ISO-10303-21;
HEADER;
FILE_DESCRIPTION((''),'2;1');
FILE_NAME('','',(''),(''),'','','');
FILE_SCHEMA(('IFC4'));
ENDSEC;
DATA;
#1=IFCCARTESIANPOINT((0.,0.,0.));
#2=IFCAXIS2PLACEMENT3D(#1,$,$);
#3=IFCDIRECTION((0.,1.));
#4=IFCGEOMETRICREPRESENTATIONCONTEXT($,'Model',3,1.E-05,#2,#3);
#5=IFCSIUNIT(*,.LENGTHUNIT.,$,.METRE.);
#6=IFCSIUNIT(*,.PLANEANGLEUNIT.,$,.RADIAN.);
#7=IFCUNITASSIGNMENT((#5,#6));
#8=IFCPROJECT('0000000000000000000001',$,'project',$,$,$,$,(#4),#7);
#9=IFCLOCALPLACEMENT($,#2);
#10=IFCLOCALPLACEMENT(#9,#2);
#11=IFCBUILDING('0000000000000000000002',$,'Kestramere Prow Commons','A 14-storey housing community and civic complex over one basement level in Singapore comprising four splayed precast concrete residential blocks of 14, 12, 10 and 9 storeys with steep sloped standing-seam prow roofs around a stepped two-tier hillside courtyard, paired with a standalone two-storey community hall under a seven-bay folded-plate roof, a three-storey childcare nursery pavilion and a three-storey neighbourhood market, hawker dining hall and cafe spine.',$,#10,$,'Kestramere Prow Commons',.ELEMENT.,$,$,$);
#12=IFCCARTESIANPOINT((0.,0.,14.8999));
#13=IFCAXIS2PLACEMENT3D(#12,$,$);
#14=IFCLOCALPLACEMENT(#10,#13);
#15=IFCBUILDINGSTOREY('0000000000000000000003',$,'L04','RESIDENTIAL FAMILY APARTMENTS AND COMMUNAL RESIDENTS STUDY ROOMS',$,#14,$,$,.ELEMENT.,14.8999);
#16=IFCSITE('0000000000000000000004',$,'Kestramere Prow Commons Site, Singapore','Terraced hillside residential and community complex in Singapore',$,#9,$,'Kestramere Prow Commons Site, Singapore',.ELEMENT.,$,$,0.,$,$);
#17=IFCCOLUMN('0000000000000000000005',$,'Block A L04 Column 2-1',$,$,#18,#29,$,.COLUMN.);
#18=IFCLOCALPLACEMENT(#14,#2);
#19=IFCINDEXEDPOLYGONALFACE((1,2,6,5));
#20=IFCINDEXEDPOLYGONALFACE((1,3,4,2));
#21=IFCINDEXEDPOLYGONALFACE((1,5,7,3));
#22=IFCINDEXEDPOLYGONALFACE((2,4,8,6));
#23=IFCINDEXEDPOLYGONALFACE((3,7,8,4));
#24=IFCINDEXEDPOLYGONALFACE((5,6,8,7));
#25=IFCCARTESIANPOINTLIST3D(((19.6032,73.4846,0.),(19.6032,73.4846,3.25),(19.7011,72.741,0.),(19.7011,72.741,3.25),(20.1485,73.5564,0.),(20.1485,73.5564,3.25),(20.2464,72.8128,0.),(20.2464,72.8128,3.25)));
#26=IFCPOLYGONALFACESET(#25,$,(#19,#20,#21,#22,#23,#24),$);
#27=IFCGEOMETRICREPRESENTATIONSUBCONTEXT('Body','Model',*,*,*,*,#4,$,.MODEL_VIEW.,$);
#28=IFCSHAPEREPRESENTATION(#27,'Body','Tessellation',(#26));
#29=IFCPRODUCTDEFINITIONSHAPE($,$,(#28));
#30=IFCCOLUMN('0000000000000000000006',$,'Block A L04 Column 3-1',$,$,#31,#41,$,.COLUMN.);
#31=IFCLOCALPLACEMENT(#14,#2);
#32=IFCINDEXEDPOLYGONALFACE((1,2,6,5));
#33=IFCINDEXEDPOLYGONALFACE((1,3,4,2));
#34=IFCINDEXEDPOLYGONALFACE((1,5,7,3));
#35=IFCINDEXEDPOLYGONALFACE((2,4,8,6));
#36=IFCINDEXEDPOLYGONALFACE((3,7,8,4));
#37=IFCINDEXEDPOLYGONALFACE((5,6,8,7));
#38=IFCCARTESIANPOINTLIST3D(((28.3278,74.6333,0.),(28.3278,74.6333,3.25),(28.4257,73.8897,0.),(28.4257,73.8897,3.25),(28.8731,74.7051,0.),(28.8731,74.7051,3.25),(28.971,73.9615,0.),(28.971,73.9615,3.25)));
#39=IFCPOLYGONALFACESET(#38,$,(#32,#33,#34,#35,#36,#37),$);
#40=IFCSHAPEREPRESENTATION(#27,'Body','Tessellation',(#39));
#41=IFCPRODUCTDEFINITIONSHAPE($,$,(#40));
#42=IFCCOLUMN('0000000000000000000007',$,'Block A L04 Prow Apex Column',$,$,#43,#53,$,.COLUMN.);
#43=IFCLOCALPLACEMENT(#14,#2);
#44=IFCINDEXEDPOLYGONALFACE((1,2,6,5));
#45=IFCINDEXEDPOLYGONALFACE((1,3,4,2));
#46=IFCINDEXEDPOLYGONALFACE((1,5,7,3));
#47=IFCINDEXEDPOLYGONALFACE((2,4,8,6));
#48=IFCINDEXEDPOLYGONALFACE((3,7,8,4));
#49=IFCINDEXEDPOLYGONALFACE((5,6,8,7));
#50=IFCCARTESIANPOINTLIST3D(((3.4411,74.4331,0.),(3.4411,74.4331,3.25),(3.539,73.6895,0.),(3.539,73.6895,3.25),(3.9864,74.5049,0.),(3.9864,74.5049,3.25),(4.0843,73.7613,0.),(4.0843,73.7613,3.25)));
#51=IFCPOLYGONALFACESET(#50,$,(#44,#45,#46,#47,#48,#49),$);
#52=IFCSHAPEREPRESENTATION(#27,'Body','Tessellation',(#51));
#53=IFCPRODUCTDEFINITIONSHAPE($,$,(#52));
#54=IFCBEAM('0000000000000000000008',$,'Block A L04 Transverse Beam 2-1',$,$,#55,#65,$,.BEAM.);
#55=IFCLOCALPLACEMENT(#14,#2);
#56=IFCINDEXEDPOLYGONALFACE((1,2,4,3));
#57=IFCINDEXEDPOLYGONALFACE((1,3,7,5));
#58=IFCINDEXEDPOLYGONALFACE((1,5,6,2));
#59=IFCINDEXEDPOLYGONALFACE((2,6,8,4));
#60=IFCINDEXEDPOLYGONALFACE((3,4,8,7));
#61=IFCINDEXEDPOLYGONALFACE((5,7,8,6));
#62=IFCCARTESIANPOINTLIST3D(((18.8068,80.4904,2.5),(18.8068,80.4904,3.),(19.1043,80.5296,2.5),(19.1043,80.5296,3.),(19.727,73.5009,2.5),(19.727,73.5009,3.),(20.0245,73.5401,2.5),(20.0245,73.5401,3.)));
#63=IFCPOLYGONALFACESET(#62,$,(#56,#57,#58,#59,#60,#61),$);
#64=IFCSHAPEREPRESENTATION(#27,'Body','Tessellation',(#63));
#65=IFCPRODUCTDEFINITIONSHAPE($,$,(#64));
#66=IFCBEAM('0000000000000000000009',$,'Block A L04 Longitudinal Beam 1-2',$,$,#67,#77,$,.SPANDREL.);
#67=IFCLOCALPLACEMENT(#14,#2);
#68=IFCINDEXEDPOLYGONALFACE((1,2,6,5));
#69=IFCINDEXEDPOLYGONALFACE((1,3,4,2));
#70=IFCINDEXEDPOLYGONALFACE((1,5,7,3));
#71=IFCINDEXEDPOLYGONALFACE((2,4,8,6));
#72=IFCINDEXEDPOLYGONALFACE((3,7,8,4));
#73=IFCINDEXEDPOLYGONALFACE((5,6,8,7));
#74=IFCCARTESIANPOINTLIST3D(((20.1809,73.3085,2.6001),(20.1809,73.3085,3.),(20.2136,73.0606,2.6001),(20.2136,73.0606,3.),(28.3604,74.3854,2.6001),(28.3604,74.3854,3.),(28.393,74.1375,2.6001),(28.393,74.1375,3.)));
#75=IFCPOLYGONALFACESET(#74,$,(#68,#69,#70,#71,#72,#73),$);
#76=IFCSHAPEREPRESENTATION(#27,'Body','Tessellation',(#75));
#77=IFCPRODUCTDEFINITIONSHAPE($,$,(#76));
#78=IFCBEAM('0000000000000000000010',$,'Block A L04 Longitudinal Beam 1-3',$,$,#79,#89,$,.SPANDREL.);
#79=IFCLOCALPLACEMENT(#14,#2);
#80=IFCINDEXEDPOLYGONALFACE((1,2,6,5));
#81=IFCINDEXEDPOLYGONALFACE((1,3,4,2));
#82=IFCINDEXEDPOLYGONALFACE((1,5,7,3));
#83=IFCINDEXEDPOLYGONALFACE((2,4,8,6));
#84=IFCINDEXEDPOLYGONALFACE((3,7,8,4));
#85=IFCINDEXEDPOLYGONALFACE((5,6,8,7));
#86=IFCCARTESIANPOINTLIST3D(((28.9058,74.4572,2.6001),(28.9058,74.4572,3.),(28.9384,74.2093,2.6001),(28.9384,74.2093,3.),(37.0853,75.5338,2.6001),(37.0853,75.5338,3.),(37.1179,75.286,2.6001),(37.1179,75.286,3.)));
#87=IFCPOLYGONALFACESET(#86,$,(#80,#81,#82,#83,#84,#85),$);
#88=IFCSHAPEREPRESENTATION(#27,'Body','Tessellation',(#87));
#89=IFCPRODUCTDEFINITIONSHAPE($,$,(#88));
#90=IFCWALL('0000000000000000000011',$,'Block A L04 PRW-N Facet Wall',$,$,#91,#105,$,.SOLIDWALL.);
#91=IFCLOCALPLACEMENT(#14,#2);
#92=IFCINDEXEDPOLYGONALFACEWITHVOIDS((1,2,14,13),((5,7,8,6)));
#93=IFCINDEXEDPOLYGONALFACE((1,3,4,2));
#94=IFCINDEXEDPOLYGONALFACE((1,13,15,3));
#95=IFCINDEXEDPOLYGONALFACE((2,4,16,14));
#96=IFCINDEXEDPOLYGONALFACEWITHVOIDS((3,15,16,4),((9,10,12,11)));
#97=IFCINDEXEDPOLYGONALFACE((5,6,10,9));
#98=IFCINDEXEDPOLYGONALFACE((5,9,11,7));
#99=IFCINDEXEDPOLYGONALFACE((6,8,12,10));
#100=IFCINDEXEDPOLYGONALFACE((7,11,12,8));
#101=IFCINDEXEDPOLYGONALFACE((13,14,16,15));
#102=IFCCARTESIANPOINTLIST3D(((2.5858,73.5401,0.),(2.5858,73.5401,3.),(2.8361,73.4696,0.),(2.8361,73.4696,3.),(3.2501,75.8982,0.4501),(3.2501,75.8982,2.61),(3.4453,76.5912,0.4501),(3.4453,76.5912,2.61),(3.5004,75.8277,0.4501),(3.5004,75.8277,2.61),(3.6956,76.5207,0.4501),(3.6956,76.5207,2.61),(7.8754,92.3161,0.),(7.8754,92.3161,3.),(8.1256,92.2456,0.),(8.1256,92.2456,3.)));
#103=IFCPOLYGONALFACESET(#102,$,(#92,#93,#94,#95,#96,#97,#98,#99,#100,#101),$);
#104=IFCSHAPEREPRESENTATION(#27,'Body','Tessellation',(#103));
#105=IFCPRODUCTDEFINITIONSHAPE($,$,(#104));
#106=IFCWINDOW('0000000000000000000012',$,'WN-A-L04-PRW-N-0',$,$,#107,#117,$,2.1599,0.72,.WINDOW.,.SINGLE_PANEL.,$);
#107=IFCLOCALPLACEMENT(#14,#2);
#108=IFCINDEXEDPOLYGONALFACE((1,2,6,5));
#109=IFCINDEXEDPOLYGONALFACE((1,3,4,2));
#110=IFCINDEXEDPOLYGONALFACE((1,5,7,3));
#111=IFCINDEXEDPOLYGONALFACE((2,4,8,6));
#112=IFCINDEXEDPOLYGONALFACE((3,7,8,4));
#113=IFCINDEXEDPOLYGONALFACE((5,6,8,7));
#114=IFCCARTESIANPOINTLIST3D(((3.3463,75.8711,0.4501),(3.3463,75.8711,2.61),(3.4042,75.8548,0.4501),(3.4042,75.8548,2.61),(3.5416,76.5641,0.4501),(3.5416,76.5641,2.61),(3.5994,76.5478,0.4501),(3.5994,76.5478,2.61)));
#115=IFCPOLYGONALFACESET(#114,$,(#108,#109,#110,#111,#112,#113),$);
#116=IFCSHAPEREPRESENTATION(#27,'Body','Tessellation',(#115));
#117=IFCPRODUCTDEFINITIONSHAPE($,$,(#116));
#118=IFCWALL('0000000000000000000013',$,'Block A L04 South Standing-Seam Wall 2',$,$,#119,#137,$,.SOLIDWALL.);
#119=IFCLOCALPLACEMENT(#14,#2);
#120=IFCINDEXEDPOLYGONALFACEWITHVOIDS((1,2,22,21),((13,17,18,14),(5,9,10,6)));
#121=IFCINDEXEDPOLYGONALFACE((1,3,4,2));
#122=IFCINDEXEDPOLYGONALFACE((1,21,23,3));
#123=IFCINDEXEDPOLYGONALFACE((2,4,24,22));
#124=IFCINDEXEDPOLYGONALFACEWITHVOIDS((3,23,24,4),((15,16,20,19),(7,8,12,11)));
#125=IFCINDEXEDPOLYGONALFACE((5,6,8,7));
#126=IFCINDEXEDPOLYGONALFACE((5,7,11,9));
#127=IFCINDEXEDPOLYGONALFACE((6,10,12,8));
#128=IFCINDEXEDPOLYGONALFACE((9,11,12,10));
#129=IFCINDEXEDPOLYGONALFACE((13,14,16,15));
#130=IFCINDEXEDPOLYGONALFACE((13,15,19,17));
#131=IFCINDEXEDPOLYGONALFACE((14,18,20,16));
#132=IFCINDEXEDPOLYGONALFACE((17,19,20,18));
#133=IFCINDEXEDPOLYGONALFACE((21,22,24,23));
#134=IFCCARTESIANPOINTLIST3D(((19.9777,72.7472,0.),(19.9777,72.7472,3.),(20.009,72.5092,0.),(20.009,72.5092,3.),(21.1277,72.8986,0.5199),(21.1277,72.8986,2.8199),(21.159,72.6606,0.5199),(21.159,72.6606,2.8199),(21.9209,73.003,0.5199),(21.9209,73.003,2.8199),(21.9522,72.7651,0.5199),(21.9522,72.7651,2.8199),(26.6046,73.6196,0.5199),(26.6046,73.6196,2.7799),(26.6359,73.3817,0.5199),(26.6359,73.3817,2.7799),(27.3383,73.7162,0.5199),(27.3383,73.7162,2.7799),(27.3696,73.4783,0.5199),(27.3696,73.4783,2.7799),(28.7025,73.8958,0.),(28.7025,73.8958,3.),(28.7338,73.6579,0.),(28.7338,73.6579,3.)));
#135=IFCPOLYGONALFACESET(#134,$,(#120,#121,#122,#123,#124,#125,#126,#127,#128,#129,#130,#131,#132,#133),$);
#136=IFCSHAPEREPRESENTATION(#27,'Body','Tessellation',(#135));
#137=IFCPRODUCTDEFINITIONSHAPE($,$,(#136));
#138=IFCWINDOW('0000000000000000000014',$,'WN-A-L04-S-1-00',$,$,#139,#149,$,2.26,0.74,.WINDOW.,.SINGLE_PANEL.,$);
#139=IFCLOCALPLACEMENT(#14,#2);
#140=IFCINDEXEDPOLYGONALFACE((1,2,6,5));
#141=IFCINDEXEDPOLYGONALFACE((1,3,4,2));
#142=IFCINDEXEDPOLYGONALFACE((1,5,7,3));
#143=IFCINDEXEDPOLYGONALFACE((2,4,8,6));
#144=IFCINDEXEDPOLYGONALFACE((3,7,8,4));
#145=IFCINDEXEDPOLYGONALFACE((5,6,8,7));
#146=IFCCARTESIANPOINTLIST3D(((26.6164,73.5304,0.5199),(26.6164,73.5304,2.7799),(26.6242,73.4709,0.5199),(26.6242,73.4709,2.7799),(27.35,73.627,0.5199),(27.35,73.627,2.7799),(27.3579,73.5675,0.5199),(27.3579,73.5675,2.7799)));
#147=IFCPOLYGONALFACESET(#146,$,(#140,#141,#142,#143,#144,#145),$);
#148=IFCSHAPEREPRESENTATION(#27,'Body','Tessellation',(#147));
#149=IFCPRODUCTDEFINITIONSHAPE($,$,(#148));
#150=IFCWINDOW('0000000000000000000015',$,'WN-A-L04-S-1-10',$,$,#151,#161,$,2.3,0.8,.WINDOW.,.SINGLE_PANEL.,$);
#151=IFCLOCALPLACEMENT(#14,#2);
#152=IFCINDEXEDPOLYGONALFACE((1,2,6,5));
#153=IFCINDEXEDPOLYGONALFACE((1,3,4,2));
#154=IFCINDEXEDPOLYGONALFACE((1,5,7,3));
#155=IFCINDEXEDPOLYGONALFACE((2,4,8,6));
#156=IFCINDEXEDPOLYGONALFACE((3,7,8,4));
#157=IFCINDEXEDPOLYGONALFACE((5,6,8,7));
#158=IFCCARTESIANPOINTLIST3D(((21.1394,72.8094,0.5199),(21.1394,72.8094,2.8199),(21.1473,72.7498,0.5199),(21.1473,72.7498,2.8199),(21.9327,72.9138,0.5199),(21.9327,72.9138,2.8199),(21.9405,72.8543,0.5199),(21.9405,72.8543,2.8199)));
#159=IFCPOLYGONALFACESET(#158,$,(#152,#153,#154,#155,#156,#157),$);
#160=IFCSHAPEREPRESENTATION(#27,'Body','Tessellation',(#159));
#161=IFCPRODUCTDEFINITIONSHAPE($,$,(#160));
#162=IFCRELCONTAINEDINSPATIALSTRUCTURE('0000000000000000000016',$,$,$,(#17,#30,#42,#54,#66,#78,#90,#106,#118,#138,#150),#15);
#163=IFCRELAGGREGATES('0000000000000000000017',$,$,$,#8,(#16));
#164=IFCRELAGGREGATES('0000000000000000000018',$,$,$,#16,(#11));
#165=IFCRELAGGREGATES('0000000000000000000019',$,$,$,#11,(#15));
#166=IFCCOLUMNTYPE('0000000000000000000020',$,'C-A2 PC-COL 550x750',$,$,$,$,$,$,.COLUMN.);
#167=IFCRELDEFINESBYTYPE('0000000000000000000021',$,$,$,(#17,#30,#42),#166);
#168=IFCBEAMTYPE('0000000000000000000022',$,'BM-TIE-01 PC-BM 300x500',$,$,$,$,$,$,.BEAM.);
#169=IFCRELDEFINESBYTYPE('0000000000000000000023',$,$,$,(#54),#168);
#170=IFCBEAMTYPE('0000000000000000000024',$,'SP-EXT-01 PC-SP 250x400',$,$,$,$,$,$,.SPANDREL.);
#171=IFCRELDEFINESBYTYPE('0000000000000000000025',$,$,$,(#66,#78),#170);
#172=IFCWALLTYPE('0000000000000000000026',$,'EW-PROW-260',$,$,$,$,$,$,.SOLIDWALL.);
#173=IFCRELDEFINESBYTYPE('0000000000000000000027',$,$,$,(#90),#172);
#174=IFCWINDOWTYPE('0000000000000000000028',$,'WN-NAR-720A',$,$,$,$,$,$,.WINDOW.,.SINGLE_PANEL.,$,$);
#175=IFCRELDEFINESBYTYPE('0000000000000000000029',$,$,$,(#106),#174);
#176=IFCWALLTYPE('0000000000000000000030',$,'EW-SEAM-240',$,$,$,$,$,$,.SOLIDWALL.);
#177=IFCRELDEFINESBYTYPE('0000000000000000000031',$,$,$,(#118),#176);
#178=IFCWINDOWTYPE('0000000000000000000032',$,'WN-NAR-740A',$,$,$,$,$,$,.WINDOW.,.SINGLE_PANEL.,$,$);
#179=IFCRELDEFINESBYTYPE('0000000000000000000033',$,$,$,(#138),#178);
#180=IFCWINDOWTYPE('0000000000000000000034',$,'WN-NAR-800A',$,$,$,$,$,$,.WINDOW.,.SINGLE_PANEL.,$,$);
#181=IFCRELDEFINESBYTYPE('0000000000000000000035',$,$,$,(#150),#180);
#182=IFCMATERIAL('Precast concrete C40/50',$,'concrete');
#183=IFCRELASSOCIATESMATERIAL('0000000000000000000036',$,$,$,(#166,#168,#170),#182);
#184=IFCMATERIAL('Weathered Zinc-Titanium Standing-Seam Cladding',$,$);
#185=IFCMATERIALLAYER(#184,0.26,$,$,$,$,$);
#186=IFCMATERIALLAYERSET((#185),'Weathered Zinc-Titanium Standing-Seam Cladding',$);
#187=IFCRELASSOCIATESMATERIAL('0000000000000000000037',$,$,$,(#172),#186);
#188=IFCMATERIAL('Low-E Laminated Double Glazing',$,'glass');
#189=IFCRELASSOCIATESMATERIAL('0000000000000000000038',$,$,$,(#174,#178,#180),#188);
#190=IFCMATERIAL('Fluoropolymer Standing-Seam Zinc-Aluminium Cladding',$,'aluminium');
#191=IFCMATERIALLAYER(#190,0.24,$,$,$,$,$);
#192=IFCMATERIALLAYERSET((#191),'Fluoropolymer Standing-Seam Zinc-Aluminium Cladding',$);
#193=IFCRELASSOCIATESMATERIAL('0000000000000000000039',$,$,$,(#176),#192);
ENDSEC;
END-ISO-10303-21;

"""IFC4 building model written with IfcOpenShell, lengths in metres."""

from ifc_helpers import new_model, si_unit, direction, frame, frame_2d, origin, origin_2d, place, context, subcontext, project, spatial, rectangle, extrude, material, layer, layer_set, material_profile, profile_set, type_object, element, fill, save


model = new_model("IFC4")

# Units and contexts
model_context = context("Model", 3, precision=1e-05, world=origin(), true_north=direction((0.0, 1.0)))
body_context = subcontext(model_context, "Body", "Model", "MODEL_VIEW")
ifc_project = project(units=[si_unit("LENGTHUNIT", "METRE"), si_unit("PLANEANGLEUNIT", "RADIAN")], contexts=[model_context])

# Site, building, storey
site_placement = place(None, origin())
site = spatial("IfcSite", under=ifc_project, at=site_placement, Name="Kestramere Prow Commons Site, Singapore", Description="Terraced hillside residential and community complex in Singapore", LongName="Kestramere Prow Commons Site, Singapore", CompositionType="ELEMENT", RefElevation=0.0)
building_placement = place(site_placement, origin())
building = spatial("IfcBuilding", under=site, at=building_placement, Name="Kestramere Prow Commons", Description="A 14-storey housing community and civic complex over one basement level in Singapore comprising four splayed precast concrete residential blocks of 14, 12, 10 and 9 storeys with steep sloped standing-seam prow roofs around a stepped two-tier hillside courtyard, paired with a standalone two-storey community hall under a seven-bay folded-plate roof, a three-storey childcare nursery pavilion and a three-storey neighbourhood market, hawker dining hall and cafe spine.", LongName="Kestramere Prow Commons", CompositionType="ELEMENT")
storey_placement = place(building_placement, frame((0.0, 0.0, 14.8999)))
storey = spatial("IfcBuildingStorey", under=building, at=storey_placement, Name="L04", Description="RESIDENTIAL FAMILY APARTMENTS AND COMMUNAL RESIDENTS STUDY ROOMS", CompositionType="ELEMENT", Elevation=14.8999)

# Columns
ifc_material_1 = material(Name="Precast concrete C40/50", Category="concrete")
ifc_material_profile_1 = material_profile(ifc_material_1, rectangle(XDim=0.55, YDim=0.75, at=origin_2d()), Name="PC-COL 550x750")
ifc_profile_set_1 = profile_set([ifc_material_profile_1], Name="Precast concrete C40/50")
column_type = type_object("IfcColumnType", Name="C-A2 PC-COL 550x750", PredefinedType="COLUMN", material=ifc_profile_set_1)
for number, where, z_axis, x_axis, name in (
    (1, (19.9248, 73.1487, 0.0), (0.0, 0.0, 1.0), (0.991445, 0.130526, 0.0), "Block A L04 Column 2-1"),
    (2, (28.6494, 74.2974, 0.0), (0.0, 0.0, 1.0), (0.991445, 0.130526, 0.0), "Block A L04 Column 3-1"),
    (3, (3.7627, 74.0972, 0.0), (0.0, 0.0, 1.0), (0.991445, 0.130526, 0.0), "Block A L04 Prow Apex Column"),
):
    element("IfcColumn", number, at=place(storey_placement, frame(where, z_axis=z_axis, x_axis=x_axis)), inside=storey, type_object=column_type, Name=name, PredefinedType="COLUMN", context=body_context, shape_type="SweptSolid", body=[
        extrude(rectangle(XDim=0.55, YDim=0.75, at=origin_2d()), origin(), (0.0, 0.0, 1.0), 3.25),
    ])

# Beams
ifc_material_profile_2 = material_profile(ifc_material_1, rectangle(XDim=0.3, YDim=0.5, at=origin_2d()), Name="PC-BM 300x500")
ifc_profile_set_2 = profile_set([ifc_material_profile_2], Name="Precast concrete C40/50")
beam_type_1 = type_object("IfcBeamType", Name="BM-TIE-01 PC-BM 300x500", PredefinedType="BEAM", material=ifc_profile_set_2)
beam_placement = place(storey_placement, frame((19.8757, 73.5205, 2.75), z_axis=(-0.130523, 0.991445, 0.0), x_axis=(-0.991445, -0.130523, 0.0)))
element("IfcBeam", 4, at=beam_placement, inside=storey, type_object=beam_type_1, Name="Block A L04 Transverse Beam 2-1", PredefinedType="BEAM", context=body_context, shape_type="SweptSolid", body=[
    extrude(rectangle(XDim=0.3, YDim=0.5, at=origin_2d()), origin(), (0.0, 0.0, 1.0), 7.0498),
])
ifc_material_profile_3 = material_profile(ifc_material_1, rectangle(XDim=0.25, YDim=0.3999, at=origin_2d()), Name="PC-SP 250x400")
ifc_profile_set_3 = profile_set([ifc_material_profile_3], Name="Precast concrete C40/50")
beam_type_2 = type_object("IfcBeamType", Name="SP-EXT-01 PC-SP 250x400", PredefinedType="SPANDREL", material=ifc_profile_set_3)
for number, where, z_axis, x_axis, name in (
    (5, (20.1973, 73.1846, 2.8), (0.991444, 0.130533, 0.0), (-0.130533, 0.991444, 0.0), "Block A L04 Longitudinal Beam 1-2"),
    (6, (28.9221, 74.3333, 2.8), (0.991448, 0.130504, 0.0), (-0.130504, 0.991448, 0.0), "Block A L04 Longitudinal Beam 1-3"),
):
    element("IfcBeam", number, at=place(storey_placement, frame(where, z_axis=z_axis, x_axis=x_axis)), inside=storey, type_object=beam_type_2, Name=name, PredefinedType="SPANDREL", context=body_context, shape_type="SweptSolid", body=[
        extrude(rectangle(XDim=0.25, YDim=0.3999, at=origin_2d()), origin(), (0.0, 0.0, 1.0), 8.25),
    ])

# Wall, opening, window
ifc_material_2 = material(Name="Weathered Zinc-Titanium Standing-Seam Cladding")
ifc_layer_1 = layer(ifc_material_2, 0.26)
ifc_layer_set_1 = layer_set([ifc_layer_1], Name="Weathered Zinc-Titanium Standing-Seam Cladding")
wall_type_1 = type_object("IfcWallType", Name="EW-PROW-260", PredefinedType="SOLIDWALL", material=ifc_layer_set_1)
wall_1_placement = place(storey_placement, frame((2.7109, 73.5049, 0.0), z_axis=(0.0, 0.0, 1.0), x_axis=(0.271165, 0.962533, 0.0)))
wall_1 = element("IfcWall", 7, at=wall_1_placement, inside=storey, type_object=wall_type_1, Name="Block A L04 PRW-N Facet Wall", PredefinedType="SOLIDWALL", context=body_context, shape_type="SweptSolid", body=[
    extrude(rectangle(XDim=19.5068, YDim=0.26, at=frame_2d((9.7534, 0.0))), origin(), (0.0, 0.0, 1.0), 3.0),
])
opening_1_placement = place(wall_1_placement, frame((2.45, 0.0, 0.45)))
opening_1 = element("IfcOpeningElement", 8, at=opening_1_placement, cuts=wall_1, PredefinedType="OPENING", context=body_context, shape_type="SweptSolid", body=[
    extrude(rectangle(XDim=0.72, YDim=2.1599, at=frame_2d((0.3599, 1.0801))), frame((0.0, 0.145, 0.0), z_axis=(0.0, -1.0, 0.0), x_axis=(1.0, 0.0, 0.0)), (0.0, 0.0, 1.0), 0.29),
])
ifc_material_3 = material(Name="Low-E Laminated Double Glazing", Category="glass")
window_type_1 = type_object("IfcWindowType", Name="WN-NAR-720A", PartitioningType="SINGLE_PANEL", PredefinedType="WINDOW", material=ifc_material_3)
window_1_placement = place(opening_1_placement, origin())
window_1 = element("IfcWindow", 9, at=window_1_placement, inside=storey, type_object=window_type_1, Name="WN-A-L04-PRW-N-0", OverallHeight=2.1599, OverallWidth=0.72, PartitioningType="SINGLE_PANEL", PredefinedType="WINDOW", context=body_context, shape_type="SweptSolid", body=[
    extrude(rectangle(XDim=0.72, YDim=2.1599, at=frame_2d((0.3599, 1.0801))), frame((0.0, 0.03, 0.0), z_axis=(0.0, -1.0, 0.0), x_axis=(1.0, 0.0, 0.0)), (0.0, 0.0, 1.0), 0.0601),
])
fill(opening_1, window_1)

# Shared definitions
ifc_material_4 = material(Name="Fluoropolymer Standing-Seam Zinc-Aluminium Cladding", Category="aluminium")
ifc_layer_2 = layer(ifc_material_4, 0.24)
ifc_layer_set_2 = layer_set([ifc_layer_2], Name="Fluoropolymer Standing-Seam Zinc-Aluminium Cladding")
wall_type_2 = type_object("IfcWallType", Name="EW-SEAM-240", PredefinedType="SOLIDWALL", material=ifc_layer_set_2)

# Wall, openings, windows
wall_2_placement = place(storey_placement, frame((28.718, 73.7769, 0.0), z_axis=(0.0, 0.0, 1.0), x_axis=(-0.991444, -0.13053, 0.0)))
wall_2 = element("IfcWall", 10, at=wall_2_placement, inside=storey, type_object=wall_type_2, Name="Block A L04 South Standing-Seam Wall 2", PredefinedType="SOLIDWALL", context=body_context, shape_type="SweptSolid", body=[
    extrude(rectangle(XDim=8.8, YDim=0.24, at=frame_2d((4.3999, 0.0))), origin(), (0.0, 0.0, 1.0), 3.0),
])
opening_2_placement = place(wall_2_placement, frame((1.3757, 0.0, 0.52)))
opening_2 = element("IfcOpeningElement", 11, at=opening_2_placement, cuts=wall_2, PredefinedType="OPENING", context=body_context, shape_type="SweptSolid", body=[
    extrude(rectangle(XDim=0.74, YDim=2.26, at=frame_2d((0.3701, 1.1299))), frame((0.0, 0.135, 0.0), z_axis=(0.0, -1.0, 0.0), x_axis=(1.0, 0.0, 0.0)), (0.0, 0.0, 1.0), 0.27),
])
opening_3_placement = place(wall_2_placement, frame((6.8401, 0.0, 0.52)))
opening_3 = element("IfcOpeningElement", 12, at=opening_3_placement, cuts=wall_2, PredefinedType="OPENING", context=body_context, shape_type="SweptSolid", body=[
    extrude(rectangle(XDim=0.8, YDim=2.3, at=frame_2d((0.3999, 1.1499))), frame((0.0, 0.135, 0.0), z_axis=(0.0, -1.0, 0.0), x_axis=(1.0, 0.0, 0.0)), (0.0, 0.0, 1.0), 0.27),
])
window_type_2 = type_object("IfcWindowType", Name="WN-NAR-740A", PartitioningType="SINGLE_PANEL", PredefinedType="WINDOW", material=ifc_material_3)
window_2_placement = place(opening_2_placement, origin())
window_2 = element("IfcWindow", 13, at=window_2_placement, inside=storey, type_object=window_type_2, Name="WN-A-L04-S-1-00", OverallHeight=2.26, OverallWidth=0.74, PartitioningType="SINGLE_PANEL", PredefinedType="WINDOW", context=body_context, shape_type="SweptSolid", body=[
    extrude(rectangle(XDim=0.74, YDim=2.26, at=frame_2d((0.3701, 1.1299))), frame((0.0, 0.03, 0.0), z_axis=(0.0, -1.0, 0.0), x_axis=(1.0, 0.0, 0.0)), (0.0, 0.0, 1.0), 0.0601),
])
fill(opening_2, window_2)
window_type_3 = type_object("IfcWindowType", Name="WN-NAR-800A", PartitioningType="SINGLE_PANEL", PredefinedType="WINDOW", material=ifc_material_3)
window_3_placement = place(opening_3_placement, origin())
window_3 = element("IfcWindow", 14, at=window_3_placement, inside=storey, type_object=window_type_3, Name="WN-A-L04-S-1-10", OverallHeight=2.3, OverallWidth=0.8, PartitioningType="SINGLE_PANEL", PredefinedType="WINDOW", context=body_context, shape_type="SweptSolid", body=[
    extrude(rectangle(XDim=0.8, YDim=2.3, at=frame_2d((0.3999, 1.1499))), frame((0.0, 0.03, 0.0), z_axis=(0.0, -1.0, 0.0), x_axis=(1.0, 0.0, 0.0)), (0.0, 0.0, 1.0), 0.0601),
])
fill(opening_3, window_3)

save(model, "model.ifc")
